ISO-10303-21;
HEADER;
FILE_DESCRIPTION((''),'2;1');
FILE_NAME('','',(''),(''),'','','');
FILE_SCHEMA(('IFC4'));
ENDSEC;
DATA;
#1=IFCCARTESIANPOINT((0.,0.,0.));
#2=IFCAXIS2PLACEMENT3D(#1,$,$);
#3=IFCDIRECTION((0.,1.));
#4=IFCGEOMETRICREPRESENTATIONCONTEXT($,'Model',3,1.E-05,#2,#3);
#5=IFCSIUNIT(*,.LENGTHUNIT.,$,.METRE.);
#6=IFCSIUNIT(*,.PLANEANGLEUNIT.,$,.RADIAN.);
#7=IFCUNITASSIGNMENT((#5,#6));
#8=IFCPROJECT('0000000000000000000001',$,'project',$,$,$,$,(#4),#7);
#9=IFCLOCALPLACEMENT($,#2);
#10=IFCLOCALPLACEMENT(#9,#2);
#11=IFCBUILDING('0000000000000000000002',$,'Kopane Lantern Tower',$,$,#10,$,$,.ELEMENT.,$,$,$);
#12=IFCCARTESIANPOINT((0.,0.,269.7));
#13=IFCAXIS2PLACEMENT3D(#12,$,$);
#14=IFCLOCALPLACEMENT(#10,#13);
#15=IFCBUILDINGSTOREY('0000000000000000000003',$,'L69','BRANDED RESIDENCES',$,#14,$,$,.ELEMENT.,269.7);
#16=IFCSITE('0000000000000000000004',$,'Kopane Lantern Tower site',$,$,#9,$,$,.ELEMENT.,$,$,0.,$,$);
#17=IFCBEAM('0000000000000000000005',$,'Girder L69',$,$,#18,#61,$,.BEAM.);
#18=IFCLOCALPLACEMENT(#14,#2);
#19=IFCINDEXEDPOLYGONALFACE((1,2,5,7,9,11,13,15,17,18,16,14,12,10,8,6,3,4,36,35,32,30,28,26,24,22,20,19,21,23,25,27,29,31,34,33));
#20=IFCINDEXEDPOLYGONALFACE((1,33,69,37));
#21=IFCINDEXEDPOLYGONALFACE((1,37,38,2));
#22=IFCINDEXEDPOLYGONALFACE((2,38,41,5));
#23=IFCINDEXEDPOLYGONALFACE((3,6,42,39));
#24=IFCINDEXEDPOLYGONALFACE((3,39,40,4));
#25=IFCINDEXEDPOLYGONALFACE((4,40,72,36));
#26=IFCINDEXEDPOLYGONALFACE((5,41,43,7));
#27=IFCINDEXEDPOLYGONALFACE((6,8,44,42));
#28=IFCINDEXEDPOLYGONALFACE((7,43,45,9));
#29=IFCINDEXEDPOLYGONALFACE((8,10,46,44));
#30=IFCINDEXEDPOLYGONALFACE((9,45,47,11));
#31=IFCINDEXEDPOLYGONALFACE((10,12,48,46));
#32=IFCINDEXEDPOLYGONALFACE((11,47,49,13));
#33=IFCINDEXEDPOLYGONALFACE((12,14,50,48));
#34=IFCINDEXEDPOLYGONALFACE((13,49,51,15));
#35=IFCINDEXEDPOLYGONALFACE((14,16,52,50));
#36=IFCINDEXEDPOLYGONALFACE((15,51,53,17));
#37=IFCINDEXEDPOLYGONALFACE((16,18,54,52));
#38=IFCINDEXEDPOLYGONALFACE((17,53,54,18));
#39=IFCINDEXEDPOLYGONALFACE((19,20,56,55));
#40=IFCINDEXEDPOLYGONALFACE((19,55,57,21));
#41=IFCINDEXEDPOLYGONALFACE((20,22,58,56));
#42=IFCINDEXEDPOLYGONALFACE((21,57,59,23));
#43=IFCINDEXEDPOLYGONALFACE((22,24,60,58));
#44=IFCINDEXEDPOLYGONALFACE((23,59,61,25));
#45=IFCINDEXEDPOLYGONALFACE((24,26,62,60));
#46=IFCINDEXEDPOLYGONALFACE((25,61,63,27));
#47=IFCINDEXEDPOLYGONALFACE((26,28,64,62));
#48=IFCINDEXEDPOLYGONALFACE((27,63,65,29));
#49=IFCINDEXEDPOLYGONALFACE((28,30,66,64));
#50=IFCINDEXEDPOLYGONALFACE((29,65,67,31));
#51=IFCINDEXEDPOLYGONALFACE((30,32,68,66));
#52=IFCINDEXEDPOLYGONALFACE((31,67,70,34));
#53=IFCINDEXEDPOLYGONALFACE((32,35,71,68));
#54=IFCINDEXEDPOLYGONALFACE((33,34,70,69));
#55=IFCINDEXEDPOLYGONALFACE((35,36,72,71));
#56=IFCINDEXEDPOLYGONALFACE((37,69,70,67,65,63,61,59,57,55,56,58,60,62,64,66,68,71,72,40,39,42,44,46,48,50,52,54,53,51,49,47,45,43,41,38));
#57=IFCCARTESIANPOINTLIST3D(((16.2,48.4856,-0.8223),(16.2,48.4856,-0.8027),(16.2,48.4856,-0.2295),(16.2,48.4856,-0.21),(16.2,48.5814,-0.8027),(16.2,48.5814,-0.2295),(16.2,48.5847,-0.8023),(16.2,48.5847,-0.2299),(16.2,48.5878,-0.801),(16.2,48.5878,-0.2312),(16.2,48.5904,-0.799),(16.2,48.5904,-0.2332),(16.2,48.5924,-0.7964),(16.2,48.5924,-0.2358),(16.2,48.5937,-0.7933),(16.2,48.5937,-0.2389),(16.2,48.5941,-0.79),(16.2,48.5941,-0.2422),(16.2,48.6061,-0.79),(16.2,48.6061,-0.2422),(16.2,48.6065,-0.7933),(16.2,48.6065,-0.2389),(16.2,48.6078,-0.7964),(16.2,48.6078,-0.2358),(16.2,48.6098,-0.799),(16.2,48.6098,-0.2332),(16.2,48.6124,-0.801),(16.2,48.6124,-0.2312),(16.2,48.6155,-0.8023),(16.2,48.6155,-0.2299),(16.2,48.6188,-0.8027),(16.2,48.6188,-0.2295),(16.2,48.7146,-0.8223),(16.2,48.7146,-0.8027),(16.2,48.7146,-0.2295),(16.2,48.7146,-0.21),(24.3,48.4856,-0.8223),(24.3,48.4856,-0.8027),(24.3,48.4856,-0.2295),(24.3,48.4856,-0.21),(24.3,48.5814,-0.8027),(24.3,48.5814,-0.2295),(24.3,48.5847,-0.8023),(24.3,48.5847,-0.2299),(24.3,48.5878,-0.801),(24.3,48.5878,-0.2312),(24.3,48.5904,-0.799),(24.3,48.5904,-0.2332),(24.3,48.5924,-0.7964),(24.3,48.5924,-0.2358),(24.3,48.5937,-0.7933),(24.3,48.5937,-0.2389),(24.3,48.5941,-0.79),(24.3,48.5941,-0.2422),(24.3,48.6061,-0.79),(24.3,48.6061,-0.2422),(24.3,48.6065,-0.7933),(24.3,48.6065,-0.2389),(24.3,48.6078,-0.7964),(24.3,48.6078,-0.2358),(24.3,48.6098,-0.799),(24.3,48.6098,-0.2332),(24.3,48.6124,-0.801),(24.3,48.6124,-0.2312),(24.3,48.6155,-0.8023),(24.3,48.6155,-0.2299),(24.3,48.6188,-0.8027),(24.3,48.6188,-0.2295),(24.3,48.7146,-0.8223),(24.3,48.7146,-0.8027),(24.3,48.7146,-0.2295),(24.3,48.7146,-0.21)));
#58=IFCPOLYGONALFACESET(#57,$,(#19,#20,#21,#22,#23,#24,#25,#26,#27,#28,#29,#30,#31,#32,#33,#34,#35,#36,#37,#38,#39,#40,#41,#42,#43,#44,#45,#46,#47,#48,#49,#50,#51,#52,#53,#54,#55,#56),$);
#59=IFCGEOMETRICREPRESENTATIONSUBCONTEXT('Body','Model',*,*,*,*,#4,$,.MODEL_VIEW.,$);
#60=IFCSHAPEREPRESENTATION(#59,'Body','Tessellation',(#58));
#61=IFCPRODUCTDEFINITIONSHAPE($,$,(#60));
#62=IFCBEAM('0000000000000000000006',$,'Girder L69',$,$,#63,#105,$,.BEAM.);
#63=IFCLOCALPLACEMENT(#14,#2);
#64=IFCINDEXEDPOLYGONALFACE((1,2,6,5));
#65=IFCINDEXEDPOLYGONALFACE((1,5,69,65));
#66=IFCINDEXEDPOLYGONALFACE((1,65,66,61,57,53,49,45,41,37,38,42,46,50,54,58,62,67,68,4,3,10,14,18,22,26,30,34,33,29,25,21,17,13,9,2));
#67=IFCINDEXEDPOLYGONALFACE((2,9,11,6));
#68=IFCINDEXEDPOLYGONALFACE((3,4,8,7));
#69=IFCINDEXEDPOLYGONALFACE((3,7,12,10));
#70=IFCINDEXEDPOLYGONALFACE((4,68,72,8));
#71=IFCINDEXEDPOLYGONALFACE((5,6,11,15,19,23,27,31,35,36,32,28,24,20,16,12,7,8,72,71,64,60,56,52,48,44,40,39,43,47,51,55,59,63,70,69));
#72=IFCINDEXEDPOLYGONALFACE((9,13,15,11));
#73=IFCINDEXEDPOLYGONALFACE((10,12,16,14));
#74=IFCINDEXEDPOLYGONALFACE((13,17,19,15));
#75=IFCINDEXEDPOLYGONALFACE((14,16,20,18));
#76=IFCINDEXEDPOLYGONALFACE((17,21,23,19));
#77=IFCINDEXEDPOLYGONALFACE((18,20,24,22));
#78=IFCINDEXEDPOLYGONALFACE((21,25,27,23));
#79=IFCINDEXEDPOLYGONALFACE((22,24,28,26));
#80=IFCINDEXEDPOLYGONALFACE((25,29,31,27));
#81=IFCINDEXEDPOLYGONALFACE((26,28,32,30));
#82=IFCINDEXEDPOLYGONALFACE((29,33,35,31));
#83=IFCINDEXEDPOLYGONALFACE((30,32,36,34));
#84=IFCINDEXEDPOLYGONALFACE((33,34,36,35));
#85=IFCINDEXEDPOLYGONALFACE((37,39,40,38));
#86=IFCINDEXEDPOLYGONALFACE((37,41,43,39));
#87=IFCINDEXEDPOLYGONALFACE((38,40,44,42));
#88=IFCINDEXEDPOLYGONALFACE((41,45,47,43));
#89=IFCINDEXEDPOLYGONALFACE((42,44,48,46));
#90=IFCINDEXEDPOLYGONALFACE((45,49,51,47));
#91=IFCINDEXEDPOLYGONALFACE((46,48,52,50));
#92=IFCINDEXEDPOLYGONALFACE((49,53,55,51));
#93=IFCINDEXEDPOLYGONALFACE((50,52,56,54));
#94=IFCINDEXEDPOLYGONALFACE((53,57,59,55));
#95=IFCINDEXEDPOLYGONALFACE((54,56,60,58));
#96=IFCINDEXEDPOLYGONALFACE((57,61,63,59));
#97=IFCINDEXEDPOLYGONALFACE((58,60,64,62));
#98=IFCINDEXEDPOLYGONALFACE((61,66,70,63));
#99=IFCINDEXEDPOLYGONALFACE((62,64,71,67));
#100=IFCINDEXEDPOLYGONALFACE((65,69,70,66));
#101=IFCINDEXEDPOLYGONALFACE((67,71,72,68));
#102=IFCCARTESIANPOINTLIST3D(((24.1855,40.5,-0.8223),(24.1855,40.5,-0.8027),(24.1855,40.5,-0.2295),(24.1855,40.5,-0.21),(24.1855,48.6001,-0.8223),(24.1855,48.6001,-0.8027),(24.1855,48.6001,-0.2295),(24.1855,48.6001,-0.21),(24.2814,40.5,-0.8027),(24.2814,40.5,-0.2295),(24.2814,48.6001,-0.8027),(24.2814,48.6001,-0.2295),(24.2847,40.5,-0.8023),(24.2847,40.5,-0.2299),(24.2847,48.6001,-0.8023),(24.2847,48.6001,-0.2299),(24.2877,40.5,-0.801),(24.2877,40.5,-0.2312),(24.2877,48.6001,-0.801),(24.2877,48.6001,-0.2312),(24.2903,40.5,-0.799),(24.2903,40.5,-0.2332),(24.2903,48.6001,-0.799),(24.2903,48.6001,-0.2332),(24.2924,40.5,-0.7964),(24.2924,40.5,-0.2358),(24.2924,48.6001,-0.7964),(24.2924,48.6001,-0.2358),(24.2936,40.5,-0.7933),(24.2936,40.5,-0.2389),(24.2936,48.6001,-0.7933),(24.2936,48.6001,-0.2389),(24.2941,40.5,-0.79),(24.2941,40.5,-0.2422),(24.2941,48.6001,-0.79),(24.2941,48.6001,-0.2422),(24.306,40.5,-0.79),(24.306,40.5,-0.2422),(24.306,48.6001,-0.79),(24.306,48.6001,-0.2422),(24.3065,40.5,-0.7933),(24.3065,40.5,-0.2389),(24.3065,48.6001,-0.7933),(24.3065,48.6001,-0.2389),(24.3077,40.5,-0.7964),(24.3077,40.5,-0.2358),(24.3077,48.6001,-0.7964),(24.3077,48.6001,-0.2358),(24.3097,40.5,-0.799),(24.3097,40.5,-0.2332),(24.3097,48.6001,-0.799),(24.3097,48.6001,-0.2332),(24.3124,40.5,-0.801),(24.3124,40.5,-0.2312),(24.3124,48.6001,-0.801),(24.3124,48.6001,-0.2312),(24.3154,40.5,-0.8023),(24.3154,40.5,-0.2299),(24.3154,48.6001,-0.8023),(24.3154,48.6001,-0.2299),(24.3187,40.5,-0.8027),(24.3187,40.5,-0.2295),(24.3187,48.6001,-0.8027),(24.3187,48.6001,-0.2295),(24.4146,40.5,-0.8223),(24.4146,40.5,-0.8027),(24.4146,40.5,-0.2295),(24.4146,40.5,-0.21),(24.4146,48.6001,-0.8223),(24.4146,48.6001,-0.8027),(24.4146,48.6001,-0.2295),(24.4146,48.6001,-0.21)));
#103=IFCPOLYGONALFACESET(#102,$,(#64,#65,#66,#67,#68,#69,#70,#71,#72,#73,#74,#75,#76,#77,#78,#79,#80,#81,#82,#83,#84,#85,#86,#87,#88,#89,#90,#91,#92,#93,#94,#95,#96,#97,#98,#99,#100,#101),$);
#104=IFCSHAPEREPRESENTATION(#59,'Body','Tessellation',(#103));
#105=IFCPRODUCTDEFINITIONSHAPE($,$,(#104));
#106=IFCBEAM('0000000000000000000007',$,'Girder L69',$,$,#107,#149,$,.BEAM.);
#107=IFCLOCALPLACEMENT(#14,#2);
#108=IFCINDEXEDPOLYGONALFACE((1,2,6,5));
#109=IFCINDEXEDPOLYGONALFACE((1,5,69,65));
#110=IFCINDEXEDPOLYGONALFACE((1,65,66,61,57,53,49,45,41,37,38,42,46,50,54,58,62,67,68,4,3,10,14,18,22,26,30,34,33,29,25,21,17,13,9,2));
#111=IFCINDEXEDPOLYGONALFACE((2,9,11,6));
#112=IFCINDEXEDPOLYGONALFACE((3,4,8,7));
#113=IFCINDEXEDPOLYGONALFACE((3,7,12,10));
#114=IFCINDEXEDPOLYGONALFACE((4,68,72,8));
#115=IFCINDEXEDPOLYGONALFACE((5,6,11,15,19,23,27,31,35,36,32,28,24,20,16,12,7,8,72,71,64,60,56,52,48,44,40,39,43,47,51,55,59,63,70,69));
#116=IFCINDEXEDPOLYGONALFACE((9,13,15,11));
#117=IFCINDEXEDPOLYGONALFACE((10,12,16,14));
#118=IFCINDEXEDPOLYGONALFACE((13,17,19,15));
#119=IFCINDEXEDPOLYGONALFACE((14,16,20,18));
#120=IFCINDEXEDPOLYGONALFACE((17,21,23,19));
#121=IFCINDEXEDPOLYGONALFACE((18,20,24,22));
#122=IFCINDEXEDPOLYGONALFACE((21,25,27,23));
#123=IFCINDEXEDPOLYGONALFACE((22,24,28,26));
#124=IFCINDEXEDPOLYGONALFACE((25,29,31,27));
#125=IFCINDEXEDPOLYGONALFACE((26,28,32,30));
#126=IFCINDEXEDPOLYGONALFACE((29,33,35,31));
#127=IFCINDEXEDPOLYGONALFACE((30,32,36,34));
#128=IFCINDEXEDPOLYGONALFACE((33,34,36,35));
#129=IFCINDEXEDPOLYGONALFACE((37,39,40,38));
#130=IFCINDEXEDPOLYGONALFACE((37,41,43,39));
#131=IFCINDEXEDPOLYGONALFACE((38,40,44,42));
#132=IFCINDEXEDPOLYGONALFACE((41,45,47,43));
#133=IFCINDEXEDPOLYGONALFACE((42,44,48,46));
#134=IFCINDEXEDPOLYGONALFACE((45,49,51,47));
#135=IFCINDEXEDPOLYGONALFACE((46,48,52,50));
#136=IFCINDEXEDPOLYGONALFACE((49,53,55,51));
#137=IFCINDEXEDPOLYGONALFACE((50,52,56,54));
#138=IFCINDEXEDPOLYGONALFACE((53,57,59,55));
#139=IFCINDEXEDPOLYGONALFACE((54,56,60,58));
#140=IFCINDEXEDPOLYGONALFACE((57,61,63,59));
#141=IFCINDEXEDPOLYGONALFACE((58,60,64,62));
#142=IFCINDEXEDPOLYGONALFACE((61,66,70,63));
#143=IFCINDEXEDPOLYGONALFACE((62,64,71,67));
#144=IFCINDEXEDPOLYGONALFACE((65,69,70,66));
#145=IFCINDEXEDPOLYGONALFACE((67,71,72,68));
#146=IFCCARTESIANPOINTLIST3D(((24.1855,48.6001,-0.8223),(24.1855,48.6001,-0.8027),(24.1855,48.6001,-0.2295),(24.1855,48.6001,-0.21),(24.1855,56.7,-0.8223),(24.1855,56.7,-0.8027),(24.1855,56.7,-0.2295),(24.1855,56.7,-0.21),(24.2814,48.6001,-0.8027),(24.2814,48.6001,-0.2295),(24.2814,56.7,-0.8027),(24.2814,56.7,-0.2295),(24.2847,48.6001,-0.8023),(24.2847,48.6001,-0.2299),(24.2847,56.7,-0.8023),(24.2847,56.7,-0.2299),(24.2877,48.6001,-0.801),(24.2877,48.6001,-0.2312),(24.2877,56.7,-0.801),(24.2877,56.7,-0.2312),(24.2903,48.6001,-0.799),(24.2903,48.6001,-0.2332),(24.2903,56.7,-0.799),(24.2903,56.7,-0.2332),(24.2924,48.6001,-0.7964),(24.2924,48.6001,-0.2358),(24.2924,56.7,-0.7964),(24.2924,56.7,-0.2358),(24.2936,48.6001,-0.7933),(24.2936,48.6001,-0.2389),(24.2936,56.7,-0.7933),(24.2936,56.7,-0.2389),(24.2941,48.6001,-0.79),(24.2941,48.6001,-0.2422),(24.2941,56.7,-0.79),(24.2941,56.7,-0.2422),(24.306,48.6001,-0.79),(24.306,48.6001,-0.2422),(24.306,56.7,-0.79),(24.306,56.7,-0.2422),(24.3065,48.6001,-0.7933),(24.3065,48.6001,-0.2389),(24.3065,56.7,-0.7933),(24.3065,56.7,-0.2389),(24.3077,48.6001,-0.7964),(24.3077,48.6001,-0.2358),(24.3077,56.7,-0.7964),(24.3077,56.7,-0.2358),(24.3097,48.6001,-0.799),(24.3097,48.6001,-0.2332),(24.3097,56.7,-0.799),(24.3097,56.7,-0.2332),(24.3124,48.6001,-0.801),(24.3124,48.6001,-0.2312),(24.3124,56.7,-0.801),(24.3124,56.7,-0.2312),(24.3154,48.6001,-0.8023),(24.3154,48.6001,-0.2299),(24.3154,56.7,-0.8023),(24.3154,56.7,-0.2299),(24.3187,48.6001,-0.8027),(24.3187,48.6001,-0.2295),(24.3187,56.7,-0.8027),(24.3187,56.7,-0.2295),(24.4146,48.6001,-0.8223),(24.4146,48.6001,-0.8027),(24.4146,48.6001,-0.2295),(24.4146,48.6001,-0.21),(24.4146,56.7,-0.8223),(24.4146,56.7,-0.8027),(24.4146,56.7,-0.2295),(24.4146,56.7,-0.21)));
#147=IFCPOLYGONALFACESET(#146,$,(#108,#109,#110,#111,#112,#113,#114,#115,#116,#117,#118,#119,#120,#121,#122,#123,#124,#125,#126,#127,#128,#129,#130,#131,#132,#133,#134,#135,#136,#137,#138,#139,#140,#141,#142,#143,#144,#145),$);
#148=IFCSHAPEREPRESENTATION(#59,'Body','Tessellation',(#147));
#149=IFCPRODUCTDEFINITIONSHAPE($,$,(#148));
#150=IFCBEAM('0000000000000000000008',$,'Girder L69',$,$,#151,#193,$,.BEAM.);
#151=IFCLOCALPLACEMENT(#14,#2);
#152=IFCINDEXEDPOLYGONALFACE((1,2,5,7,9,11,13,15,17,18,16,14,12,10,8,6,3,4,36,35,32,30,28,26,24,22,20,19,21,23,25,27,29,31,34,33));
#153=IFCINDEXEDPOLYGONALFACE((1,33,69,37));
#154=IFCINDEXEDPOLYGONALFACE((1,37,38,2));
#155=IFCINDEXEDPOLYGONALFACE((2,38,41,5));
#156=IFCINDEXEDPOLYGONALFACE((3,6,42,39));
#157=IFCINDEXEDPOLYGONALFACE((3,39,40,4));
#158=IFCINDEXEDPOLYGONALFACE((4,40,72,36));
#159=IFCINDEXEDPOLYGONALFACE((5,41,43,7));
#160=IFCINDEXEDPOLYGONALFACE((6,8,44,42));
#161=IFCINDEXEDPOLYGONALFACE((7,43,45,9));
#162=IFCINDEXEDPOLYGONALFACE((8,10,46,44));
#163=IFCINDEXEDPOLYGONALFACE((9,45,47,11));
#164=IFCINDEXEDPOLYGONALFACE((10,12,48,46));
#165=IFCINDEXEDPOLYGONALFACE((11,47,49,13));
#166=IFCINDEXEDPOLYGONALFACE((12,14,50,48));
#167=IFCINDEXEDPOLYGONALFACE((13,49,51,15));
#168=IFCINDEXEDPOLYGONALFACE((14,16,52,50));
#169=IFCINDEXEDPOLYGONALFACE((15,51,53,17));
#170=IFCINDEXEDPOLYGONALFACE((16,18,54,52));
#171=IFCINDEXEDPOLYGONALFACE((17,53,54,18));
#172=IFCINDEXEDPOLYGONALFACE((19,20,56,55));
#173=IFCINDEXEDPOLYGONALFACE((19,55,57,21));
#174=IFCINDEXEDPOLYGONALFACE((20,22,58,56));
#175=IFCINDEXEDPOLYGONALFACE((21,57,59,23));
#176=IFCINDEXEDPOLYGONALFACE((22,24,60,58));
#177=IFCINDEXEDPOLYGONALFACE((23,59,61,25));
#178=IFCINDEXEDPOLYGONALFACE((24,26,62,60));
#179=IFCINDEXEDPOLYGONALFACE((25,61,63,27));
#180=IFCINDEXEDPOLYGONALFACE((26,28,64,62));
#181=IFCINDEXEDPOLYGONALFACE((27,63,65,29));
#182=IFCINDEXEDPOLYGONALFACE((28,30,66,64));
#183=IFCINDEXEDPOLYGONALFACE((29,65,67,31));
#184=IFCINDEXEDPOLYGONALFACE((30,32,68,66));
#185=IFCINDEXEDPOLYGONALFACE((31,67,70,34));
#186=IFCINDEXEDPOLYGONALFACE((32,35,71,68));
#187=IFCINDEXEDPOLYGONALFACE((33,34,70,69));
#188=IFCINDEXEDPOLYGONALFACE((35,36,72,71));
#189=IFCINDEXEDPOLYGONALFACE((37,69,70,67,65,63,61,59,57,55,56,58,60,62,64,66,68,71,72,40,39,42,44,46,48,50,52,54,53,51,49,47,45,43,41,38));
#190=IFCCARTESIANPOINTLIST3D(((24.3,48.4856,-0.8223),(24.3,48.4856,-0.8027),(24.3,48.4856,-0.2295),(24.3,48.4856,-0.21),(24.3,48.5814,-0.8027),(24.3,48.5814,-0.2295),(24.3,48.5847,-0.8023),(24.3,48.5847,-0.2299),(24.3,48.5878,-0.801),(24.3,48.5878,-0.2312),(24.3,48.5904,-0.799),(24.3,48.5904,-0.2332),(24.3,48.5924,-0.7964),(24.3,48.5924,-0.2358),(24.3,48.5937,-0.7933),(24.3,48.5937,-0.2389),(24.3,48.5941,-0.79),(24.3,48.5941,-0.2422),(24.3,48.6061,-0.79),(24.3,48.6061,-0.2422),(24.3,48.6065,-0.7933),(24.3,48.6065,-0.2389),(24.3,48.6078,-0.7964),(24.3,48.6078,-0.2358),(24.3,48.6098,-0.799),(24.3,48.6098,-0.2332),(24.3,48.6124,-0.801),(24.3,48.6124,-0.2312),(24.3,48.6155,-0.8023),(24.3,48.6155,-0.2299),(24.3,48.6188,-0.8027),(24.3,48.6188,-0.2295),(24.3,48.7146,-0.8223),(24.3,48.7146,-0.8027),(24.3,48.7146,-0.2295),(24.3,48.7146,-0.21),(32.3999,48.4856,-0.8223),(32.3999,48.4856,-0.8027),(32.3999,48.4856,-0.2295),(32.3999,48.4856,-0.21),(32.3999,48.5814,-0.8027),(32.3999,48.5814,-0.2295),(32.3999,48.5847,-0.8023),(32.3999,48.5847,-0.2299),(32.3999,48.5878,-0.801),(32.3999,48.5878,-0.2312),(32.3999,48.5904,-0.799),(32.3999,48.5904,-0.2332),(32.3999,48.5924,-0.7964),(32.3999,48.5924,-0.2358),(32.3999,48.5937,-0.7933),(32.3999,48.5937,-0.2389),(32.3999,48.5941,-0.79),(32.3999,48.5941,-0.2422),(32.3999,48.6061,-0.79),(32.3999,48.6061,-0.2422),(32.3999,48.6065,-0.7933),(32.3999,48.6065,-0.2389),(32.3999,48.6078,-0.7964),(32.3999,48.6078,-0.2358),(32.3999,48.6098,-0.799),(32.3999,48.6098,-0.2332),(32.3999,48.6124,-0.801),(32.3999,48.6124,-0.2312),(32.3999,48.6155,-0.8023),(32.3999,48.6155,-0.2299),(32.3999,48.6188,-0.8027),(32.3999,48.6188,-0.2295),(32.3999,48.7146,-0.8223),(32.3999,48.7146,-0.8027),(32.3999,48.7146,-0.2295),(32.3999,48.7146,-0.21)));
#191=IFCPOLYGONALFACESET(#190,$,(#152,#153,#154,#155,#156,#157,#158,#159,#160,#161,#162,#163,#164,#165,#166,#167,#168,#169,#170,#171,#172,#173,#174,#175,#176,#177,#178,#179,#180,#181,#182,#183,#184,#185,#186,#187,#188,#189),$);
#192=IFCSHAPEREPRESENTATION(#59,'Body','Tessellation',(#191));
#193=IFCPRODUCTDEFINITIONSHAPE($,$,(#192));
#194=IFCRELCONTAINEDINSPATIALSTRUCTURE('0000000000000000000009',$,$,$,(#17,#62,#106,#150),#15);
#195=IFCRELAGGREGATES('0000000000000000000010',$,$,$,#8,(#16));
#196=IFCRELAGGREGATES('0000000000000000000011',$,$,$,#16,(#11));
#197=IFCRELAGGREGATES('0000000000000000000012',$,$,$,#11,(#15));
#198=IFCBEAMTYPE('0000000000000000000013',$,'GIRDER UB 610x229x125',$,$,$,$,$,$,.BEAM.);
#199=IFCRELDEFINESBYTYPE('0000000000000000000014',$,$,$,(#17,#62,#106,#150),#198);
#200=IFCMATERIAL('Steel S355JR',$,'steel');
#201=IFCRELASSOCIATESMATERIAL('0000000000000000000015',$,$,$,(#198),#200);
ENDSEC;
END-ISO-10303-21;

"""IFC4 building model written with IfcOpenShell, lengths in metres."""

from ifc_helpers import new_model, si_unit, direction, frame, origin, origin_2d, place, context, subcontext, project, spatial, i_section, extrude, material, material_profile, profile_set, type_object, element, save


model = new_model("IFC4")

# Units and contexts
model_context = context("Model", 3, precision=1e-05, world=origin(), true_north=direction((0.0, 1.0)))
body_context = subcontext(model_context, "Body", "Model", "MODEL_VIEW")
ifc_project = project(units=[si_unit("LENGTHUNIT", "METRE"), si_unit("PLANEANGLEUNIT", "RADIAN")], contexts=[model_context])

# Site, building, storey
site_placement = place(None, origin())
site = spatial("IfcSite", under=ifc_project, at=site_placement, Name="Kopane Lantern Tower site", CompositionType="ELEMENT", RefElevation=0.0)
building_placement = place(site_placement, origin())
building = spatial("IfcBuilding", under=site, at=building_placement, Name="Kopane Lantern Tower", CompositionType="ELEMENT")
storey_placement = place(building_placement, frame((0.0, 0.0, 269.7)))
storey = spatial("IfcBuildingStorey", under=building, at=storey_placement, Name="L69", Description="BRANDED RESIDENCES", CompositionType="ELEMENT", Elevation=269.7)

# Beams
ifc_material_1 = material(Name="Steel S355JR", Category="steel")
ifc_material_profile_1 = material_profile(ifc_material_1, i_section(OverallWidth=0.229, OverallDepth=0.6123, WebThickness=0.012, FlangeThickness=0.0195, FilletRadius=0.0127, at=origin_2d()), Name="UB 610x229x125")
ifc_profile_set_1 = profile_set([ifc_material_profile_1], Name="Steel S355JR")
beam_type_1 = type_object("IfcBeamType", Name="GIRDER UB 610x229x125", PredefinedType="BEAM", material=ifc_profile_set_1)
for number, where, z_axis, x_axis, name in (
    (1, (16.2, 48.6001, -0.5161), (1.0, 0.0, 0.0), (0.0, 1.0, 0.0), "Girder L69"),
    (2, (24.3, 40.5, -0.5161), (0.0, 1.0, 0.0), (-1.0, 0.0, 0.0), "Girder L69"),
):
    element("IfcBeam", number, at=place(storey_placement, frame(where, z_axis=z_axis, x_axis=x_axis)), inside=storey, type_object=beam_type_1, Name=name, PredefinedType="BEAM", context=body_context, shape_type="SweptSolid", body=[
        extrude(i_section(OverallWidth=0.229, OverallDepth=0.6123, WebThickness=0.012, FlangeThickness=0.0195, FilletRadius=0.0127, at=origin_2d()), origin(), (0.0, 0.0, 1.0), 8.1001),
    ])
for number, where, z_axis, x_axis, name in (
    (3, (24.3, 48.6001, -0.5161), (0.0, 1.0, 0.0), (-1.0, 0.0, 0.0), "Girder L69"),
    (4, (24.3, 48.6001, -0.5161), (1.0, 0.0, 0.0), (0.0, 1.0, 0.0), "Girder L69"),
):
    element("IfcBeam", number, at=place(storey_placement, frame(where, z_axis=z_axis, x_axis=x_axis)), inside=storey, type_object=beam_type_1, Name=name, PredefinedType="BEAM", context=body_context, shape_type="SweptSolid", body=[
        extrude(i_section(OverallWidth=0.229, OverallDepth=0.6123, WebThickness=0.012, FlangeThickness=0.0195, FilletRadius=0.0127, at=origin_2d()), origin(), (0.0, 0.0, 1.0), 8.0999),
    ])

save(model, "model.ifc")
